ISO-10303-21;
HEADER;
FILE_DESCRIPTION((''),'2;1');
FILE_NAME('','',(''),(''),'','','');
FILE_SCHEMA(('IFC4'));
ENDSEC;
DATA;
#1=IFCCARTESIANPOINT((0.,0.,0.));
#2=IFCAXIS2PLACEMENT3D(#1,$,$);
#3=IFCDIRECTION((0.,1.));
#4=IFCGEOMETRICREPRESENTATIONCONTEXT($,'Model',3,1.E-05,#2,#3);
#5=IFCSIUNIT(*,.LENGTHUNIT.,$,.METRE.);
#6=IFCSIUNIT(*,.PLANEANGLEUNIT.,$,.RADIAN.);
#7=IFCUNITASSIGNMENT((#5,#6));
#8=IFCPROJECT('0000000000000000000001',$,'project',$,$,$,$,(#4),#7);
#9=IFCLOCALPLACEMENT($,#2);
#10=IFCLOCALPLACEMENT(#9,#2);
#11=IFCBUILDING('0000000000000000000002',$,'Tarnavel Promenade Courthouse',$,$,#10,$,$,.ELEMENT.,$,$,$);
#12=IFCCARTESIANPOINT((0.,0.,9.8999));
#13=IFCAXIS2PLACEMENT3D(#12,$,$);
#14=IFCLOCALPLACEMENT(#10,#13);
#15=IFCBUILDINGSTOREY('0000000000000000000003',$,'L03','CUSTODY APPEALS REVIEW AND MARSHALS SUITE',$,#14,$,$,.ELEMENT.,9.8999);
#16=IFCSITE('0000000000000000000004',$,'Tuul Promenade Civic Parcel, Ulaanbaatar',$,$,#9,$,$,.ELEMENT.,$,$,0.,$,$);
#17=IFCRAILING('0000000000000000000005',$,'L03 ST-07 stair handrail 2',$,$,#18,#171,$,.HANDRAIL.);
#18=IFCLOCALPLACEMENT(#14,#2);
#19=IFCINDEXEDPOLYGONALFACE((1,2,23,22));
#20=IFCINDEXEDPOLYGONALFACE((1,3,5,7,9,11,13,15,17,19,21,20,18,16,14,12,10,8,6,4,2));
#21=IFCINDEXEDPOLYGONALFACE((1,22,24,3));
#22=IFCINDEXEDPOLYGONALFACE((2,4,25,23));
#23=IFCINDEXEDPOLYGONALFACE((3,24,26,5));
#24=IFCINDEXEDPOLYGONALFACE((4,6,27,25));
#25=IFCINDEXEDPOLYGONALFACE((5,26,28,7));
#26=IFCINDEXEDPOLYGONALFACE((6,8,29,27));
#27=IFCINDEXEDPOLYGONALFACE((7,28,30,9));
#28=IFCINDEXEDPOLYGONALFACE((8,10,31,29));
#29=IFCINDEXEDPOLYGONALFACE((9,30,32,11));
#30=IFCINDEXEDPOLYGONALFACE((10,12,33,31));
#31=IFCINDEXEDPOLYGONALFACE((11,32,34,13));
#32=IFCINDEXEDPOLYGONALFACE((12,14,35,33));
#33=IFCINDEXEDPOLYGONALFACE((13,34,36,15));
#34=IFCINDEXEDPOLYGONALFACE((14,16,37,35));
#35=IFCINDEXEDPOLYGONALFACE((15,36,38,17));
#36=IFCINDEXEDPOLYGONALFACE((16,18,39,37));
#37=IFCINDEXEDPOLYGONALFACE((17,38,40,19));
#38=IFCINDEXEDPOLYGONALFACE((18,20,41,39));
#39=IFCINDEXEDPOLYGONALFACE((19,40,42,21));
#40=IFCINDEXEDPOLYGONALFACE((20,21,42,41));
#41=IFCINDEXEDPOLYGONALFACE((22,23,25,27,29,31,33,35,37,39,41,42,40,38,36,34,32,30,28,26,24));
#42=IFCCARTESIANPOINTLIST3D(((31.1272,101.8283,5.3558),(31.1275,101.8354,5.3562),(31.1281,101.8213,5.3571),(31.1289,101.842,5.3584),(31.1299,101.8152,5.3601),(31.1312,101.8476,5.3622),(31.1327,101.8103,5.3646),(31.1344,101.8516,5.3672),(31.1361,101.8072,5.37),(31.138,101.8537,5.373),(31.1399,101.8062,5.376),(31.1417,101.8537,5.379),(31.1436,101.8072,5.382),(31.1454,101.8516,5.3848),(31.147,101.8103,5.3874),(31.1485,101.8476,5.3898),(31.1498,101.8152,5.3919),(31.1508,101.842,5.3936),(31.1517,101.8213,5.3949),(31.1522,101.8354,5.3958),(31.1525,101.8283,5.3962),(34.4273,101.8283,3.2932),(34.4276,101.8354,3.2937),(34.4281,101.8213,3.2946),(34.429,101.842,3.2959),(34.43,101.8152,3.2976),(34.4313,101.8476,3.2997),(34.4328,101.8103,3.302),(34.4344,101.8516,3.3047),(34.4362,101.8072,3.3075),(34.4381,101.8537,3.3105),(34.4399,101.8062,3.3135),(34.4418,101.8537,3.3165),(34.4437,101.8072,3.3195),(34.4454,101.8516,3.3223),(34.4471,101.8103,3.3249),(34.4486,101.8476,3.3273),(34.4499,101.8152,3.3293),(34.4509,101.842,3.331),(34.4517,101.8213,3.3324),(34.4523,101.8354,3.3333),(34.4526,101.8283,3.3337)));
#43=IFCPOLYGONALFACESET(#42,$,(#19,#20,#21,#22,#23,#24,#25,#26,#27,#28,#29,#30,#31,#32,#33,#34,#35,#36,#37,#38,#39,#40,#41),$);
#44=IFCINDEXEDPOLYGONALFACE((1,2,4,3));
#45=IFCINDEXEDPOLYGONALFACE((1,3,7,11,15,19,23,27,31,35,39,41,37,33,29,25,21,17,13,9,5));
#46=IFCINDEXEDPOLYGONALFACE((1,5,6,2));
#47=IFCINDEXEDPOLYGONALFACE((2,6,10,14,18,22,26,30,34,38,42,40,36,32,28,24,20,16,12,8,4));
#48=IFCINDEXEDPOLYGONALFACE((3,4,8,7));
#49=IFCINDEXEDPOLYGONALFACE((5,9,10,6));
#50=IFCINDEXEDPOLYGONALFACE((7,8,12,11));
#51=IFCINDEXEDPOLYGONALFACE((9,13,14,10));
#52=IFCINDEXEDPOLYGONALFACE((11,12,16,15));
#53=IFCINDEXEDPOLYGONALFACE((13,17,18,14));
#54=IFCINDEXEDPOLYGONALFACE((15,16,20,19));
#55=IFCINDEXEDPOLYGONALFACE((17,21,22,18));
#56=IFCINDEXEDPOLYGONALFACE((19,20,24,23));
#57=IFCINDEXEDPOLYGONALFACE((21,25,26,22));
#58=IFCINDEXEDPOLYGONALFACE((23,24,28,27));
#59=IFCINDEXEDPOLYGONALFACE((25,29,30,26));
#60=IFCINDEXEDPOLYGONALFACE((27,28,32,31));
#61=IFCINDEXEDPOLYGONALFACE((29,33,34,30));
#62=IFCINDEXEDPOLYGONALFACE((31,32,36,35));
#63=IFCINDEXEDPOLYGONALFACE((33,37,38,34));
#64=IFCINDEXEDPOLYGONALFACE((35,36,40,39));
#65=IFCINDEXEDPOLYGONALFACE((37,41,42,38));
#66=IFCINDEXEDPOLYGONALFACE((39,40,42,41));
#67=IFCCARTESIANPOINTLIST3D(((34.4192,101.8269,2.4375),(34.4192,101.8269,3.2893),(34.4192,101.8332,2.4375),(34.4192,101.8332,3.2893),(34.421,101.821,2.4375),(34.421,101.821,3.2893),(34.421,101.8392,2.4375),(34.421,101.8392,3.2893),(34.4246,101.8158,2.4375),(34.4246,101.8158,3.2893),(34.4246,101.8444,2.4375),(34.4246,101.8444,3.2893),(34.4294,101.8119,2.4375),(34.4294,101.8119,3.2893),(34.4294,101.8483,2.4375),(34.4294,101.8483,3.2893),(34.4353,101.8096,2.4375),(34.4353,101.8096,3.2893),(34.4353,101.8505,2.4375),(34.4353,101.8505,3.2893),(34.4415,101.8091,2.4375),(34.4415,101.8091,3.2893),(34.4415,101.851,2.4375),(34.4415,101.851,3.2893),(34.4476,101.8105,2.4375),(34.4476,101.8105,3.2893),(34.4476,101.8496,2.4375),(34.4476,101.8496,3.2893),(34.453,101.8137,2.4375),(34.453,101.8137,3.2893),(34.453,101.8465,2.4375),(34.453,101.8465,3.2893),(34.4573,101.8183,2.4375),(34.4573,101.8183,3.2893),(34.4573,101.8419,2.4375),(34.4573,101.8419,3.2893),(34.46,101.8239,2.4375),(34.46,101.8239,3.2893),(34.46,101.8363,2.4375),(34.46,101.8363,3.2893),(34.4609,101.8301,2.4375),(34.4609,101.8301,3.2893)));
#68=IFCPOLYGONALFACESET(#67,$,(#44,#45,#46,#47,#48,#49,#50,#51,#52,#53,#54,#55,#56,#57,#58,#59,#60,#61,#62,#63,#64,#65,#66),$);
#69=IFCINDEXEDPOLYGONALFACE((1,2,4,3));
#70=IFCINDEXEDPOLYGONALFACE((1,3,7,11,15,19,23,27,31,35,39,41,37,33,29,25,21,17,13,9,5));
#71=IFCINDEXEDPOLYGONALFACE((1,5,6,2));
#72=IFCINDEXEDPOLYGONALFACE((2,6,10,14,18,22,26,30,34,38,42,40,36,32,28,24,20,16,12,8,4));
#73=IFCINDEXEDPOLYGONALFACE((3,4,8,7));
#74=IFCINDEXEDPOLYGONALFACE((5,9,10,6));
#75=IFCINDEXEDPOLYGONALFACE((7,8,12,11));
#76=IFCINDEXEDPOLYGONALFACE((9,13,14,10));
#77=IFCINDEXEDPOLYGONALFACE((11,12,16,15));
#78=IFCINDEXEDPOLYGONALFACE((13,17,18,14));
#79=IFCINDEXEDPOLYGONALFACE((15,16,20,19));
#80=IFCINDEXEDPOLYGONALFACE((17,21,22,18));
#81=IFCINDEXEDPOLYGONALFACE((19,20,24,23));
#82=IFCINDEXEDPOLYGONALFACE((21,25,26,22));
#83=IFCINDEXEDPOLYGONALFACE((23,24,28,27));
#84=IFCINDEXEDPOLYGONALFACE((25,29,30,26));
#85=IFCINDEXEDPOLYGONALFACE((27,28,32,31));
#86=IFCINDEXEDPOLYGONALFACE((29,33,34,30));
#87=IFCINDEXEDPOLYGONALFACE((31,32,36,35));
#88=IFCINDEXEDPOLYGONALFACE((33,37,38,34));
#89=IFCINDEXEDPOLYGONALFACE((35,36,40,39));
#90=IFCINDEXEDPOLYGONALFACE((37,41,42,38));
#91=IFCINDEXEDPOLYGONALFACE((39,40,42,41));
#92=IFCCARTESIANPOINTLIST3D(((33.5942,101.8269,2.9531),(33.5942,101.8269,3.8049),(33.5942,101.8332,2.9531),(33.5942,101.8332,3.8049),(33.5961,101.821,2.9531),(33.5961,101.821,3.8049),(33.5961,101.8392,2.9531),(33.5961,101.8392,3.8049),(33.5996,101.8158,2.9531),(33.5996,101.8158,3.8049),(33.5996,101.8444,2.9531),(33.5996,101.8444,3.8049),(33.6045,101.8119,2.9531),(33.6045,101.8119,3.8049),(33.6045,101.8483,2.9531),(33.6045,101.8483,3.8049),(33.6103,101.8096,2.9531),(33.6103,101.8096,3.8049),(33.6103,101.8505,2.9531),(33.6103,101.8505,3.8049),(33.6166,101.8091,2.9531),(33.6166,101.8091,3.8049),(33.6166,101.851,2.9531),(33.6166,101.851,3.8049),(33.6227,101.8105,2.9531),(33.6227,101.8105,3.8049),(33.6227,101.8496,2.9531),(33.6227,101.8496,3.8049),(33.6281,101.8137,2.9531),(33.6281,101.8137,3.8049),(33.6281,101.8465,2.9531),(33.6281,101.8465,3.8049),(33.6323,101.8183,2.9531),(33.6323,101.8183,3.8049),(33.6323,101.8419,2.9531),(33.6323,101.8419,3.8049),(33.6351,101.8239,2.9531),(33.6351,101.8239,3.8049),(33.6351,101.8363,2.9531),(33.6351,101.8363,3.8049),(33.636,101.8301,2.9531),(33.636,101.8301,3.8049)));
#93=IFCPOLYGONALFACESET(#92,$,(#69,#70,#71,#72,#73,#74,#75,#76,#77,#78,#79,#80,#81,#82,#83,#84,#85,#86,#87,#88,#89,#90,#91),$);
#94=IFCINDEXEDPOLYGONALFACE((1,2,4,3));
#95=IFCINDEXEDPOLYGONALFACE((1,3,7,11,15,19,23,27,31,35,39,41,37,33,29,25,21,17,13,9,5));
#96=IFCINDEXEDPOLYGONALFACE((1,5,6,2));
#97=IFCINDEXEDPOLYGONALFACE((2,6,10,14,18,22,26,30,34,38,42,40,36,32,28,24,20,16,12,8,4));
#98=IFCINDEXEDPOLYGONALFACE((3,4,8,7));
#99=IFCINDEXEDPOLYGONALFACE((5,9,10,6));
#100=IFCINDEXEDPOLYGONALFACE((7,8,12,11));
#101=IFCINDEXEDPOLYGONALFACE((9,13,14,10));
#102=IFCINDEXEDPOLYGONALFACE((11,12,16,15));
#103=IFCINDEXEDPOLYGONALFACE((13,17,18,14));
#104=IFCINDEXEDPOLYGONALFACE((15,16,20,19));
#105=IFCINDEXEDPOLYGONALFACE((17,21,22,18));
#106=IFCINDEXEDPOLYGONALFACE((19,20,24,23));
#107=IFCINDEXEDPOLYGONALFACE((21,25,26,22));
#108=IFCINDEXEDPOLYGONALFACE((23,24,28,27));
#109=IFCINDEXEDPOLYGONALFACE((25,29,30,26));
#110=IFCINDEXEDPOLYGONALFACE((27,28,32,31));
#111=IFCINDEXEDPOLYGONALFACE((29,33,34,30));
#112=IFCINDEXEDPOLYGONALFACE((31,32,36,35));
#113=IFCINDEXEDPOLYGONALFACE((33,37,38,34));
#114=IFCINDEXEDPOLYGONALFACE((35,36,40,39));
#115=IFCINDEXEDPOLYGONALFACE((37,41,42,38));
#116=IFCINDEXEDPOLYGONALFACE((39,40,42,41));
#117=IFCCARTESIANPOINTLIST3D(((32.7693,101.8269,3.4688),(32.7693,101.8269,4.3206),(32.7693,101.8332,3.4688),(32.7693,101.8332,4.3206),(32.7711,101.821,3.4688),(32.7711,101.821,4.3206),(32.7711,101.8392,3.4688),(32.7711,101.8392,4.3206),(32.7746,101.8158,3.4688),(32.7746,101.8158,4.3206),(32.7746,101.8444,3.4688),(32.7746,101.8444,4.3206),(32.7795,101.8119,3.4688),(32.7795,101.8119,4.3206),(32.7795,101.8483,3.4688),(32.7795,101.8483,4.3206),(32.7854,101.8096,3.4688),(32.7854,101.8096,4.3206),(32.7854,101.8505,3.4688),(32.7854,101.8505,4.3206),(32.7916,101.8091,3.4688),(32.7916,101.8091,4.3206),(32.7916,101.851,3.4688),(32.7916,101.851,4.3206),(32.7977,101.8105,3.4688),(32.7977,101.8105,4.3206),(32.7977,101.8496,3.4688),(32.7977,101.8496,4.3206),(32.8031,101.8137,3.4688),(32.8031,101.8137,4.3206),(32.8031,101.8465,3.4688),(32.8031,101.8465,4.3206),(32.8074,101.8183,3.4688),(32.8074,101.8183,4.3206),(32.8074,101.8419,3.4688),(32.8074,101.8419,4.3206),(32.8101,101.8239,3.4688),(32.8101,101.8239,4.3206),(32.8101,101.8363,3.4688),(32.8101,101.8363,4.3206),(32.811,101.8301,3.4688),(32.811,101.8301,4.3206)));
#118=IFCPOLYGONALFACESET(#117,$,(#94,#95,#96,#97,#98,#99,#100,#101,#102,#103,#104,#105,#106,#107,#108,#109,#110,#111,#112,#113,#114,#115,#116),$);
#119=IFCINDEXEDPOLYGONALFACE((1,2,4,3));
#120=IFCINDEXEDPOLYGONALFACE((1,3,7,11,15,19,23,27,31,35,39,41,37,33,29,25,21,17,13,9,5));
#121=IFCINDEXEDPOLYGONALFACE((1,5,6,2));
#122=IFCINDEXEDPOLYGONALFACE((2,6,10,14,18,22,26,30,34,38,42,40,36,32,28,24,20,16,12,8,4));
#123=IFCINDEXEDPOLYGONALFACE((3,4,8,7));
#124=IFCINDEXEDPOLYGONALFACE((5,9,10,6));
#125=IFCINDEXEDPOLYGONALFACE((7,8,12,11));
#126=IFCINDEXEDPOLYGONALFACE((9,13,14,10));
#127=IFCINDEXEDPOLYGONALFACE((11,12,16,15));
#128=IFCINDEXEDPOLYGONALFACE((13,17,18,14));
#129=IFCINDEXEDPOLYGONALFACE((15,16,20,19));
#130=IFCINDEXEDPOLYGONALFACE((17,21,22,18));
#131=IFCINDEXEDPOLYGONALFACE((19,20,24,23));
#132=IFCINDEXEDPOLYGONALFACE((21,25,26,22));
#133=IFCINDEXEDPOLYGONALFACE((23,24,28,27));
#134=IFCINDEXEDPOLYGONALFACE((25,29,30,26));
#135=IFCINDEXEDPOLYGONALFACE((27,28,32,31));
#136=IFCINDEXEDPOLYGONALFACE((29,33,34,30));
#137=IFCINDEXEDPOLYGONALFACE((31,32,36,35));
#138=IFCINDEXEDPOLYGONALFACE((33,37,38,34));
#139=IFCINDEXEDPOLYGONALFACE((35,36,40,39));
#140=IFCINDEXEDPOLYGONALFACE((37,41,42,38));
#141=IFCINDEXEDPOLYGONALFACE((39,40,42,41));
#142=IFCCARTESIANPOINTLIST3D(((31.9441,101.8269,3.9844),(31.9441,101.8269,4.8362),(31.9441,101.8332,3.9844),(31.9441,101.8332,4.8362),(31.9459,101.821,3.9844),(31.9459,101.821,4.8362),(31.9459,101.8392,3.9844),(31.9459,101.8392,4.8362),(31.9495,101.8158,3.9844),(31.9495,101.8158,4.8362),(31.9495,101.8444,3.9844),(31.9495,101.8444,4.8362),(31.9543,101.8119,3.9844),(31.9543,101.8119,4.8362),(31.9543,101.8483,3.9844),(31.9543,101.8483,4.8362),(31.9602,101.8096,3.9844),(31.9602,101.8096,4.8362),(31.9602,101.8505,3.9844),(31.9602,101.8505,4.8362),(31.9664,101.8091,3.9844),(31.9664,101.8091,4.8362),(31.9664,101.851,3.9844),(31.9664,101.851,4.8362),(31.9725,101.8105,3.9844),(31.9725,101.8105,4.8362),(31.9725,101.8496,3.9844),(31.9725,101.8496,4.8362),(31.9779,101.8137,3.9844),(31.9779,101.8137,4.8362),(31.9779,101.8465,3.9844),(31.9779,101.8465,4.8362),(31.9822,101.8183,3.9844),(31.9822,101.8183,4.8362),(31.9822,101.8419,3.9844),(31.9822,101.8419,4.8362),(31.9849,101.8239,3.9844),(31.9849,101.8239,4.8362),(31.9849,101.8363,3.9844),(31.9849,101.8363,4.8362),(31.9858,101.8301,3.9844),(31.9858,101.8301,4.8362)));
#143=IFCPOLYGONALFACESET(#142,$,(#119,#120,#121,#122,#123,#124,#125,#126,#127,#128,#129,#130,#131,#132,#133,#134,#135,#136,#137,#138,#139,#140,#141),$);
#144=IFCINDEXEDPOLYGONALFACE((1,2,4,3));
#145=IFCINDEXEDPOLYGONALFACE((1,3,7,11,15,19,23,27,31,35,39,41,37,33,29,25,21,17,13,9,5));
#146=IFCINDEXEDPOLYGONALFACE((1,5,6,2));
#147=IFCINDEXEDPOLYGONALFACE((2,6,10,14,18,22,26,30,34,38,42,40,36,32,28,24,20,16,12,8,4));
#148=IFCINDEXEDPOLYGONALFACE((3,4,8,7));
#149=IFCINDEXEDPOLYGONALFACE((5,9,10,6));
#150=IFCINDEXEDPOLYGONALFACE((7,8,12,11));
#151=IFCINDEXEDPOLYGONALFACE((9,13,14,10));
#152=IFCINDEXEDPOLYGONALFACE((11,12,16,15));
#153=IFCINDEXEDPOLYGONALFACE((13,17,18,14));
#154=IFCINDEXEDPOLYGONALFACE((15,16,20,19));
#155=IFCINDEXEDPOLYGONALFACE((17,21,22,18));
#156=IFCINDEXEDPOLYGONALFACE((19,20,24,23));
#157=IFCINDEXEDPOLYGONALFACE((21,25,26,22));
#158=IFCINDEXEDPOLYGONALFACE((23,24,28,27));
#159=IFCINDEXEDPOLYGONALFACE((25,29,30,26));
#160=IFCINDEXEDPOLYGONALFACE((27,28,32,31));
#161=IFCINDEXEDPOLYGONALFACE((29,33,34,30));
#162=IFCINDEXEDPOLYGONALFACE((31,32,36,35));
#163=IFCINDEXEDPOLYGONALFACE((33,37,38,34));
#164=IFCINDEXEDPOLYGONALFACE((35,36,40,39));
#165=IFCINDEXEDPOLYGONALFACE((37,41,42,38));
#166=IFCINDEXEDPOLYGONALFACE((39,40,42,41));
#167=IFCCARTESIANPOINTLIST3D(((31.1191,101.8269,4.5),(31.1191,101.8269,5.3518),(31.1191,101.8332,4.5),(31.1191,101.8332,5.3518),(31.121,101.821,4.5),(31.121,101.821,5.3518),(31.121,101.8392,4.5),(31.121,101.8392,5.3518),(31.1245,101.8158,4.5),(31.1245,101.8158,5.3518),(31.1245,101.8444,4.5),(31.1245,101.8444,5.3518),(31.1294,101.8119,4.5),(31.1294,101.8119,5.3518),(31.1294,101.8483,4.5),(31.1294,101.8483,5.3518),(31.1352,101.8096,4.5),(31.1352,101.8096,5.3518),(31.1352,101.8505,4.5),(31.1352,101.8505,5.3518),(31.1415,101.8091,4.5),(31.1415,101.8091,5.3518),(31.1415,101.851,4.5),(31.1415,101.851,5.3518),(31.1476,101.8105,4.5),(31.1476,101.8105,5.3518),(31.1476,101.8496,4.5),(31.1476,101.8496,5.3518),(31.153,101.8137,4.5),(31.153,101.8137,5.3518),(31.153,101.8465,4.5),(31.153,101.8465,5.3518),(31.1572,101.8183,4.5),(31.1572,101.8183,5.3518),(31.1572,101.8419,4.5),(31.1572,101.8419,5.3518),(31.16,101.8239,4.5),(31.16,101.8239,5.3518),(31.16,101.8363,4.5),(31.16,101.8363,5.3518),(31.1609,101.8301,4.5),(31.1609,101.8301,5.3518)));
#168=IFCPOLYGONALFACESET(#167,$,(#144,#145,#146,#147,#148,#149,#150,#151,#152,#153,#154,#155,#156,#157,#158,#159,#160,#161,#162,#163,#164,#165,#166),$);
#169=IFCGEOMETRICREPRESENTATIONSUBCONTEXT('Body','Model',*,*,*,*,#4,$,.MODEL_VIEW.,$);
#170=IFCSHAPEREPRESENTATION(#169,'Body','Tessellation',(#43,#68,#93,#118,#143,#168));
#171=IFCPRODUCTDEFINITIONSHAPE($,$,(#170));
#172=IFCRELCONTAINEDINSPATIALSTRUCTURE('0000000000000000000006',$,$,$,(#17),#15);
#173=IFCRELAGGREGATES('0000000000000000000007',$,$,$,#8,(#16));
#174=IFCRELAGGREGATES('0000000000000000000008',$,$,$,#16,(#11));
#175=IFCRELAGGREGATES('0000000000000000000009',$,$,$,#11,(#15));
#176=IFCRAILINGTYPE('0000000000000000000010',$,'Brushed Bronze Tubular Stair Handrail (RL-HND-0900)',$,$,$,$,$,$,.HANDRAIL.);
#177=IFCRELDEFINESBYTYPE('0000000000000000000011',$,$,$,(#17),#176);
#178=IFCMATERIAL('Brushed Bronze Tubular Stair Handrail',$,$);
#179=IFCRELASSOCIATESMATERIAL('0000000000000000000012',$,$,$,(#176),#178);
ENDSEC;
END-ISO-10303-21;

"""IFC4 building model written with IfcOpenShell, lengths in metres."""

from ifc_helpers import new_model, si_unit, direction, frame, origin, origin_2d, place, context, subcontext, project, spatial, circle, extrude, material, type_object, element, save


model = new_model("IFC4")

# Units and contexts
model_context = context("Model", 3, precision=1e-05, world=origin(), true_north=direction((0.0, 1.0)))
body_context = subcontext(model_context, "Body", "Model", "MODEL_VIEW")
ifc_project = project(units=[si_unit("LENGTHUNIT", "METRE"), si_unit("PLANEANGLEUNIT", "RADIAN")], contexts=[model_context])

# Site, building, storey
site_placement = place(None, origin())
site = spatial("IfcSite", under=ifc_project, at=site_placement, Name="Tuul Promenade Civic Parcel, Ulaanbaatar", CompositionType="ELEMENT", RefElevation=0.0)
building_placement = place(site_placement, origin())
building = spatial("IfcBuilding", under=site, at=building_placement, Name="Tarnavel Promenade Courthouse", CompositionType="ELEMENT")
storey_placement = place(building_placement, frame((0.0, 0.0, 9.8999)))
storey = spatial("IfcBuildingStorey", under=building, at=storey_placement, Name="L03", Description="CUSTODY APPEALS REVIEW AND MARSHALS SUITE", CompositionType="ELEMENT", Elevation=9.8999)

# Railing
ifc_material_1 = material(Name="Brushed Bronze Tubular Stair Handrail")
railing_type_1 = type_object("IfcRailingType", Name="Brushed Bronze Tubular Stair Handrail (RL-HND-0900)", PredefinedType="HANDRAIL", material=ifc_material_1)
railing_1_placement = place(storey_placement, frame((34.4399, 101.8301, 2.4375)))
element("IfcRailing", 1, at=railing_1_placement, inside=storey, type_object=railing_type_1, Name="L03 ST-07 stair handrail 2", PredefinedType="HANDRAIL", context=body_context, shape_type="SweptSolid", body=[
    extrude(circle(Radius=0.0239, at=origin_2d()), frame((0.0, 0.0, 0.876), z_axis=(-0.848002, 0.0, 0.529993), x_axis=(0.0, -1.0, 0.0)), (0.0, 0.0, 1.0), 3.8916),
    extrude(circle(Radius=0.021, at=origin_2d()), origin(), (0.0, 0.0, 1.0), 0.8518),
    extrude(circle(Radius=0.021, at=origin_2d()), frame((-0.825, 0.0, 0.5156)), (0.0, 0.0, 1.0), 0.8518),
    extrude(circle(Radius=0.021, at=origin_2d()), frame((-1.6499, 0.0, 1.0312)), (0.0, 0.0, 1.0), 0.8518),
    extrude(circle(Radius=0.021, at=origin_2d()), frame((-2.4751, 0.0, 1.5469)), (0.0, 0.0, 1.0), 0.8518),
    extrude(circle(Radius=0.021, at=origin_2d()), frame((-3.3, 0.0, 2.0625)), (0.0, 0.0, 1.0), 0.8518),
])

save(model, "model.ifc")
